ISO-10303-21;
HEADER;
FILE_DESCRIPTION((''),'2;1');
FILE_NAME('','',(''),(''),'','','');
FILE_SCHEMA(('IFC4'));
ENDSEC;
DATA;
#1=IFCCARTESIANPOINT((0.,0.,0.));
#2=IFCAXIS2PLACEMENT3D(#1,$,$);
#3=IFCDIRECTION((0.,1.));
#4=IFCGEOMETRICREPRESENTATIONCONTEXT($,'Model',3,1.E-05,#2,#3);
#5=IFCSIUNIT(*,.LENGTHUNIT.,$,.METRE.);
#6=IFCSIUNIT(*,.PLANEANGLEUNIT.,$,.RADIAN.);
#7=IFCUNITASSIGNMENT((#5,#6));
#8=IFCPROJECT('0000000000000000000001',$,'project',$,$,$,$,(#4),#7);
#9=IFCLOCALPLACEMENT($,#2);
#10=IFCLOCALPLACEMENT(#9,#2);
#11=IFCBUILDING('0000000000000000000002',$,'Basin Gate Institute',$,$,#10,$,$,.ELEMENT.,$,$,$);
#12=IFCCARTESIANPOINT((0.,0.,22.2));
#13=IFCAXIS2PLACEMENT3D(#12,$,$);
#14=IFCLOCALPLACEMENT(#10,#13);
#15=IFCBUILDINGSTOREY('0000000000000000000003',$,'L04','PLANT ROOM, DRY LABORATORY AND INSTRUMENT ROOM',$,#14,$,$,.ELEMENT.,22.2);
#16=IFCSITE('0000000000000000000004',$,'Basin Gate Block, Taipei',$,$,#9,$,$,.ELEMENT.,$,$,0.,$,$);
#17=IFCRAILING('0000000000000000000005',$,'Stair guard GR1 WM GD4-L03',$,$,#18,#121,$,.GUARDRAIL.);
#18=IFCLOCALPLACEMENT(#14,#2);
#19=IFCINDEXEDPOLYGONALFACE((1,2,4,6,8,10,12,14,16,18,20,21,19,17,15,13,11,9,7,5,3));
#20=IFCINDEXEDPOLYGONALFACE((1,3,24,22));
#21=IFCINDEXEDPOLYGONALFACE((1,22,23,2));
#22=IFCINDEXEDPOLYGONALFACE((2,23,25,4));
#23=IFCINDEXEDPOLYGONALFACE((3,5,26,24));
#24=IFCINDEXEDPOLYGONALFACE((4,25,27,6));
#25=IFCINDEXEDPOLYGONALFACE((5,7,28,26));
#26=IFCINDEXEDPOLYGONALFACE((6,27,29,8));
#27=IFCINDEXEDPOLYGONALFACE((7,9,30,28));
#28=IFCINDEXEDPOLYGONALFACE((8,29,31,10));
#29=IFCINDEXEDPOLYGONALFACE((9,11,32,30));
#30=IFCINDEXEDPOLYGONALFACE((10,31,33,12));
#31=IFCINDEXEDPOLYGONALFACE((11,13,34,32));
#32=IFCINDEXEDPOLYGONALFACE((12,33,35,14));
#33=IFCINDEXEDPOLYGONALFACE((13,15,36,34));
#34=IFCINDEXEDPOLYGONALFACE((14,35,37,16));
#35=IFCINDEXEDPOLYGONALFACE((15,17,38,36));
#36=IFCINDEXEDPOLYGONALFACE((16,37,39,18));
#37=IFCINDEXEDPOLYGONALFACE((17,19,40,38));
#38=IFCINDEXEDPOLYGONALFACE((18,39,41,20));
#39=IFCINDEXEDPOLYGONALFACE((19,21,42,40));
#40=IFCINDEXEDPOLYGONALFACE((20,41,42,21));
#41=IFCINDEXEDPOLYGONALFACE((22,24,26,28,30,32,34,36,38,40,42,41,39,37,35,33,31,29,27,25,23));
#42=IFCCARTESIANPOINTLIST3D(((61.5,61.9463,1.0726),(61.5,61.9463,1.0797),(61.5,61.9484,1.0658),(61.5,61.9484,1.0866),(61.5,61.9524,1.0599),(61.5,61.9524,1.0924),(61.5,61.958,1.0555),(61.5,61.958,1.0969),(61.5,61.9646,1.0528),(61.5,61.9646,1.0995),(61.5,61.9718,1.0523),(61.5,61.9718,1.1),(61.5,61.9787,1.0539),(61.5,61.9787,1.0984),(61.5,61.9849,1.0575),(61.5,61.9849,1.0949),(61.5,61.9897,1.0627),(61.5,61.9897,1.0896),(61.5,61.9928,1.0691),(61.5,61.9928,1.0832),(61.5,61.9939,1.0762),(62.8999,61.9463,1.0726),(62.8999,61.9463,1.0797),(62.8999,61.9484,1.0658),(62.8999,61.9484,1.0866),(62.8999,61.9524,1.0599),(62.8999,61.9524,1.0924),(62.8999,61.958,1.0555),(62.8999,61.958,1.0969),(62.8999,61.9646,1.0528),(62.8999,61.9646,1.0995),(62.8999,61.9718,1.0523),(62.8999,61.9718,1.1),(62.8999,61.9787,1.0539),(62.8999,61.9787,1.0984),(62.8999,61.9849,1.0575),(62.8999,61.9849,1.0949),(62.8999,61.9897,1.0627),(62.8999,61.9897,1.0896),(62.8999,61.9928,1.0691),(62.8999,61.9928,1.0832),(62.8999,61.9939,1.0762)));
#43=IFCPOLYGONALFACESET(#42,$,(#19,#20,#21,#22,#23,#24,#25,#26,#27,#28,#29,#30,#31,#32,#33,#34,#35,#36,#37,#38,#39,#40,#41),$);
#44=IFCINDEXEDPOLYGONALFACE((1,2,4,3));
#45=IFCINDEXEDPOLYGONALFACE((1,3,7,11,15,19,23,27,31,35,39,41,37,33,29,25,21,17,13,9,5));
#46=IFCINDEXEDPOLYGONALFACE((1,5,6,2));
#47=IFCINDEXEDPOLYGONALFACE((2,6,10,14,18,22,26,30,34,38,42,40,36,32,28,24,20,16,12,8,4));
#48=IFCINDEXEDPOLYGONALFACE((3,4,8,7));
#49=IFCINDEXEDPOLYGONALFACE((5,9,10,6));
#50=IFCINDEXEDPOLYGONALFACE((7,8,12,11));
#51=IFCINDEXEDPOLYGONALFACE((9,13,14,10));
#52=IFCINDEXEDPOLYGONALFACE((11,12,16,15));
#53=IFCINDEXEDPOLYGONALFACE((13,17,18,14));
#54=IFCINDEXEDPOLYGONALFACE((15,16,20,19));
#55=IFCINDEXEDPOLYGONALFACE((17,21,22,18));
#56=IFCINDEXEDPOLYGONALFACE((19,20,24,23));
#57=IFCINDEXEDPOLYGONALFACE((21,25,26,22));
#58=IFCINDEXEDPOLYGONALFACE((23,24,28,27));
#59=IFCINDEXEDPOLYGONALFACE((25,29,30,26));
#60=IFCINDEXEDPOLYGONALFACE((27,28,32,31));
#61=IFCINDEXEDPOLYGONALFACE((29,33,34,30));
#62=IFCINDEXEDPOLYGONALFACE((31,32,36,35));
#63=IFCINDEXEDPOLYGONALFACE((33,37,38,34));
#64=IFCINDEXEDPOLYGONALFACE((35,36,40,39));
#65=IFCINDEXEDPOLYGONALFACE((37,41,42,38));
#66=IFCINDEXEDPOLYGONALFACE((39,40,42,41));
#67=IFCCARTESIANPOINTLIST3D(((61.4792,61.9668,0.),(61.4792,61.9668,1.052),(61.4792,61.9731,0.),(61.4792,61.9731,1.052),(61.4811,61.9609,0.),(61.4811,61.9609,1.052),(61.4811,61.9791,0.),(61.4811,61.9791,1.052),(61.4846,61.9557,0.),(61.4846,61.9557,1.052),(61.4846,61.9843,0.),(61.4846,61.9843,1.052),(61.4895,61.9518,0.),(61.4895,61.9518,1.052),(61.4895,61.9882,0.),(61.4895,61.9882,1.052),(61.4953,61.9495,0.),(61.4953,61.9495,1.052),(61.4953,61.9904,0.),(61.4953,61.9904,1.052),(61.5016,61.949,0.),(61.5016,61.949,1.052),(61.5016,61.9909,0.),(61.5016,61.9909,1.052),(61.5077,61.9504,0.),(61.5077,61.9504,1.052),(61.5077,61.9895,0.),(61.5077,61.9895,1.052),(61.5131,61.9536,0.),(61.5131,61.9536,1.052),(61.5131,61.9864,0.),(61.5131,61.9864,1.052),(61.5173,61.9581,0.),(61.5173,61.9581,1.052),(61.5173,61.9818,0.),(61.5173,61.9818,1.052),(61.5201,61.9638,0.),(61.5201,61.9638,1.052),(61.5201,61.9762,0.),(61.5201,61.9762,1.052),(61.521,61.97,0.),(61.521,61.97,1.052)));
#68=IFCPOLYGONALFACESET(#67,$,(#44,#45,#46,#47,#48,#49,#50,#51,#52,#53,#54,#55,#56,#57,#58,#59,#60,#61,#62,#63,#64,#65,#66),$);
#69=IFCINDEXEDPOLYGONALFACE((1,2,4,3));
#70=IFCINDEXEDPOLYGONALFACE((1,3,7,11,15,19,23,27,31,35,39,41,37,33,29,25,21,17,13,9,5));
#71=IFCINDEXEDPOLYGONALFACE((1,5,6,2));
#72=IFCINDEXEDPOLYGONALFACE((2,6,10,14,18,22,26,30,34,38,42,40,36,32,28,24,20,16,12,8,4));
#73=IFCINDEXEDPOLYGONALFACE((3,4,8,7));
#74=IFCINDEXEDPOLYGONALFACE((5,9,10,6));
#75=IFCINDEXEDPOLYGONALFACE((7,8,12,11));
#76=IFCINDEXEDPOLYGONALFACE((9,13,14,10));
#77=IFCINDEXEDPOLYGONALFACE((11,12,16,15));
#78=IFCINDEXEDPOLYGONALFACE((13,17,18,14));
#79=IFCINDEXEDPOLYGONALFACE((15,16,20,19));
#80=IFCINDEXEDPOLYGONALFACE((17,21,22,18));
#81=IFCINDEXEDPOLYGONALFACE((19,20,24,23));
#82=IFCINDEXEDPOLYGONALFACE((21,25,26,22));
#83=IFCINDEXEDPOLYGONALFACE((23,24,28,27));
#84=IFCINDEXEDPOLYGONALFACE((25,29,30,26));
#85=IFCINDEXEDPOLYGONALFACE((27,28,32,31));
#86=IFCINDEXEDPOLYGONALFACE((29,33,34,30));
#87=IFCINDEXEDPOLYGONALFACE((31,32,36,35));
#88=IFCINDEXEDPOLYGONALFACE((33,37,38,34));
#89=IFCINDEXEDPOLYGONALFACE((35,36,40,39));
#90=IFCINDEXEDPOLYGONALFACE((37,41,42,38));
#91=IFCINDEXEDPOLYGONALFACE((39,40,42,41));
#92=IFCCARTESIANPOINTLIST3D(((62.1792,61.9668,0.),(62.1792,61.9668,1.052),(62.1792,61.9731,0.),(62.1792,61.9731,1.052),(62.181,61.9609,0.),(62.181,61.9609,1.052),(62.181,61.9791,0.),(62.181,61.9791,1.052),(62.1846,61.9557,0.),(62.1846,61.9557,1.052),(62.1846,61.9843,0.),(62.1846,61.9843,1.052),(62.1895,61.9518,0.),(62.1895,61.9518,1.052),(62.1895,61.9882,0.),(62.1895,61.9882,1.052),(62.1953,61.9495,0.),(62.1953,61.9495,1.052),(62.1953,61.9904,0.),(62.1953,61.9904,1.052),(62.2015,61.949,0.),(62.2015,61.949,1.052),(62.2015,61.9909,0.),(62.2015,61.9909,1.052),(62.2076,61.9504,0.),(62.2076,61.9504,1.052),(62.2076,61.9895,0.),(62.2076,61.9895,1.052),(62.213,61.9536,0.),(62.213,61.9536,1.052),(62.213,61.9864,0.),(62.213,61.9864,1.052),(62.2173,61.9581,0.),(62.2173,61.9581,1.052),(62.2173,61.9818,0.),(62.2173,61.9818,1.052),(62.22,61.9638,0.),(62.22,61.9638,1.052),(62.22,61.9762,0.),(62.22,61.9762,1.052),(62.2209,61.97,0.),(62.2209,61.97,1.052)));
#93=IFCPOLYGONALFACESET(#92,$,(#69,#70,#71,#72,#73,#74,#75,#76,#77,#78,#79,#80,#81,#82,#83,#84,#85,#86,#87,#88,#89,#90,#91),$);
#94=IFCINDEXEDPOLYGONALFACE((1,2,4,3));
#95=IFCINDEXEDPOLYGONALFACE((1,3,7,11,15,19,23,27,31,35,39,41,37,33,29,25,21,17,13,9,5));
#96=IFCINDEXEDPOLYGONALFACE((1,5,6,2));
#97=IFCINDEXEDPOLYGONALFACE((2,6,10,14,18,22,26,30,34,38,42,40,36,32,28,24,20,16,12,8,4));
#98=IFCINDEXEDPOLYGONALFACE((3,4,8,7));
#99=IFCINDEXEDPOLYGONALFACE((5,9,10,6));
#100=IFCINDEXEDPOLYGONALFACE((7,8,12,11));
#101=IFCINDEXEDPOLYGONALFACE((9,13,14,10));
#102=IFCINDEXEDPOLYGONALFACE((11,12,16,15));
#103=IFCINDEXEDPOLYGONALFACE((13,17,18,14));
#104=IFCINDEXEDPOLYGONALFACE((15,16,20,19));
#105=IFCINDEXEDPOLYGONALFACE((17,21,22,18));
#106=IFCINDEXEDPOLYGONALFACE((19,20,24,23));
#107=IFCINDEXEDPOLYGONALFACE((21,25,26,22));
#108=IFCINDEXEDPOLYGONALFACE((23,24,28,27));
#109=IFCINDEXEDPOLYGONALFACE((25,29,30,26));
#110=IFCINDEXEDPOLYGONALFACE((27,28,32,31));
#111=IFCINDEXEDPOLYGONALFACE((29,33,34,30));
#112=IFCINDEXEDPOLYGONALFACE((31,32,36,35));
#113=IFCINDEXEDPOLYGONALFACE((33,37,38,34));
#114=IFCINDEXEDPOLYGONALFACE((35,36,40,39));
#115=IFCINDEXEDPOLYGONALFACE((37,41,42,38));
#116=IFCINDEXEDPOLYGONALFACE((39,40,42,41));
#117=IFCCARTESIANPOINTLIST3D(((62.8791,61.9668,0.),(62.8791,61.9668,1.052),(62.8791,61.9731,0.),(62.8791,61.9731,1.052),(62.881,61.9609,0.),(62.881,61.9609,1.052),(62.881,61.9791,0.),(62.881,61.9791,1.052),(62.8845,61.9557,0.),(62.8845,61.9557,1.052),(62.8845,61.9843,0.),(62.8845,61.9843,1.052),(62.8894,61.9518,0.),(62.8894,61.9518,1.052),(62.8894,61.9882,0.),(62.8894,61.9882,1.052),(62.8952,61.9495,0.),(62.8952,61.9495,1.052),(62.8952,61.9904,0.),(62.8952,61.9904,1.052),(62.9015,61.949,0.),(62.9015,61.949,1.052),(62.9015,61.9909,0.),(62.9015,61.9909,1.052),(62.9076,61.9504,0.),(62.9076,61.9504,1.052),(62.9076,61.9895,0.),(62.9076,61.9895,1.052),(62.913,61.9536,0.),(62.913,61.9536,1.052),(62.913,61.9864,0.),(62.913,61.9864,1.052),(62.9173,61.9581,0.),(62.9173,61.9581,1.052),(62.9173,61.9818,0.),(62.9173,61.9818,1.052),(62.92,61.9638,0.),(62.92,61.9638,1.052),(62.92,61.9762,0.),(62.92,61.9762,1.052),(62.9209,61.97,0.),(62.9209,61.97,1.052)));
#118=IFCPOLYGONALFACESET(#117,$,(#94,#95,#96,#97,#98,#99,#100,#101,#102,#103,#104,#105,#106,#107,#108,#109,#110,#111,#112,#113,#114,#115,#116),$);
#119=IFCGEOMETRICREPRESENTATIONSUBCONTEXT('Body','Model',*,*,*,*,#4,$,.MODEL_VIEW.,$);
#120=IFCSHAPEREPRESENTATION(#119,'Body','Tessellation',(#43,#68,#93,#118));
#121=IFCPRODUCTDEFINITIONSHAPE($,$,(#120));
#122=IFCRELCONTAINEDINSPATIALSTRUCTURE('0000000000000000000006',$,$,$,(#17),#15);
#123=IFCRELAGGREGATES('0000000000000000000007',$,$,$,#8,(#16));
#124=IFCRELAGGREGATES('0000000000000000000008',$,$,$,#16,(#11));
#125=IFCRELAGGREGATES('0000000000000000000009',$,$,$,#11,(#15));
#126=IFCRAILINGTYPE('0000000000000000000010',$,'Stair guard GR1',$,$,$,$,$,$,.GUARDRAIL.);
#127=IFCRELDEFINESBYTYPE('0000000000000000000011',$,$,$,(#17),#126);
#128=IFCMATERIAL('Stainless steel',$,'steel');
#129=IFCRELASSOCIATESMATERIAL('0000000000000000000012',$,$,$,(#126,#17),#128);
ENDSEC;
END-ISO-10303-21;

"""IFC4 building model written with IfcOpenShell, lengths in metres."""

from ifc_helpers import new_model, si_unit, direction, frame, origin, origin_2d, place, context, subcontext, project, spatial, circle, extrude, material, type_object, element, save


model = new_model("IFC4")

# Units and contexts
model_context = context("Model", 3, precision=1e-05, world=origin(), true_north=direction((0.0, 1.0)))
body_context = subcontext(model_context, "Body", "Model", "MODEL_VIEW")
ifc_project = project(units=[si_unit("LENGTHUNIT", "METRE"), si_unit("PLANEANGLEUNIT", "RADIAN")], contexts=[model_context])

# Site, building, storey
site_placement = place(None, origin())
site = spatial("IfcSite", under=ifc_project, at=site_placement, Name="Basin Gate Block, Taipei", CompositionType="ELEMENT", RefElevation=0.0)
building_placement = place(site_placement, origin())
building = spatial("IfcBuilding", under=site, at=building_placement, Name="Basin Gate Institute", CompositionType="ELEMENT")
storey_placement = place(building_placement, frame((0.0, 0.0, 22.2)))
storey = spatial("IfcBuildingStorey", under=building, at=storey_placement, Name="L04", Description="PLANT ROOM, DRY LABORATORY AND INSTRUMENT ROOM", CompositionType="ELEMENT", Elevation=22.2)

# Railing
ifc_material_1 = material(Name="Stainless steel", Category="steel")
railing_type_1 = type_object("IfcRailingType", Name="Stair guard GR1", PredefinedType="GUARDRAIL", material=ifc_material_1)
railing_1_placement = place(storey_placement, frame((61.5, 61.97, 0.0)))
element("IfcRailing", 1, at=railing_1_placement, inside=storey, type_object=railing_type_1, material=ifc_material_1, Name="Stair guard GR1 WM GD4-L03", PredefinedType="GUARDRAIL", context=body_context, shape_type="SweptSolid", body=[
    extrude(circle(Radius=0.0239, at=origin_2d()), frame((0.0, 0.0, 1.0762), z_axis=(1.0, 0.0, 0.0), x_axis=(0.0, 1.0, 0.0)), (0.0, 0.0, 1.0), 1.3999),
    extrude(circle(Radius=0.021, at=origin_2d()), origin(), (0.0, 0.0, 1.0), 1.052),
    extrude(circle(Radius=0.021, at=origin_2d()), frame((0.7, 0.0, 0.0)), (0.0, 0.0, 1.0), 1.052),
    extrude(circle(Radius=0.021, at=origin_2d()), frame((1.3999, 0.0, 0.0)), (0.0, 0.0, 1.0), 1.052),
])

save(model, "model.ifc")
